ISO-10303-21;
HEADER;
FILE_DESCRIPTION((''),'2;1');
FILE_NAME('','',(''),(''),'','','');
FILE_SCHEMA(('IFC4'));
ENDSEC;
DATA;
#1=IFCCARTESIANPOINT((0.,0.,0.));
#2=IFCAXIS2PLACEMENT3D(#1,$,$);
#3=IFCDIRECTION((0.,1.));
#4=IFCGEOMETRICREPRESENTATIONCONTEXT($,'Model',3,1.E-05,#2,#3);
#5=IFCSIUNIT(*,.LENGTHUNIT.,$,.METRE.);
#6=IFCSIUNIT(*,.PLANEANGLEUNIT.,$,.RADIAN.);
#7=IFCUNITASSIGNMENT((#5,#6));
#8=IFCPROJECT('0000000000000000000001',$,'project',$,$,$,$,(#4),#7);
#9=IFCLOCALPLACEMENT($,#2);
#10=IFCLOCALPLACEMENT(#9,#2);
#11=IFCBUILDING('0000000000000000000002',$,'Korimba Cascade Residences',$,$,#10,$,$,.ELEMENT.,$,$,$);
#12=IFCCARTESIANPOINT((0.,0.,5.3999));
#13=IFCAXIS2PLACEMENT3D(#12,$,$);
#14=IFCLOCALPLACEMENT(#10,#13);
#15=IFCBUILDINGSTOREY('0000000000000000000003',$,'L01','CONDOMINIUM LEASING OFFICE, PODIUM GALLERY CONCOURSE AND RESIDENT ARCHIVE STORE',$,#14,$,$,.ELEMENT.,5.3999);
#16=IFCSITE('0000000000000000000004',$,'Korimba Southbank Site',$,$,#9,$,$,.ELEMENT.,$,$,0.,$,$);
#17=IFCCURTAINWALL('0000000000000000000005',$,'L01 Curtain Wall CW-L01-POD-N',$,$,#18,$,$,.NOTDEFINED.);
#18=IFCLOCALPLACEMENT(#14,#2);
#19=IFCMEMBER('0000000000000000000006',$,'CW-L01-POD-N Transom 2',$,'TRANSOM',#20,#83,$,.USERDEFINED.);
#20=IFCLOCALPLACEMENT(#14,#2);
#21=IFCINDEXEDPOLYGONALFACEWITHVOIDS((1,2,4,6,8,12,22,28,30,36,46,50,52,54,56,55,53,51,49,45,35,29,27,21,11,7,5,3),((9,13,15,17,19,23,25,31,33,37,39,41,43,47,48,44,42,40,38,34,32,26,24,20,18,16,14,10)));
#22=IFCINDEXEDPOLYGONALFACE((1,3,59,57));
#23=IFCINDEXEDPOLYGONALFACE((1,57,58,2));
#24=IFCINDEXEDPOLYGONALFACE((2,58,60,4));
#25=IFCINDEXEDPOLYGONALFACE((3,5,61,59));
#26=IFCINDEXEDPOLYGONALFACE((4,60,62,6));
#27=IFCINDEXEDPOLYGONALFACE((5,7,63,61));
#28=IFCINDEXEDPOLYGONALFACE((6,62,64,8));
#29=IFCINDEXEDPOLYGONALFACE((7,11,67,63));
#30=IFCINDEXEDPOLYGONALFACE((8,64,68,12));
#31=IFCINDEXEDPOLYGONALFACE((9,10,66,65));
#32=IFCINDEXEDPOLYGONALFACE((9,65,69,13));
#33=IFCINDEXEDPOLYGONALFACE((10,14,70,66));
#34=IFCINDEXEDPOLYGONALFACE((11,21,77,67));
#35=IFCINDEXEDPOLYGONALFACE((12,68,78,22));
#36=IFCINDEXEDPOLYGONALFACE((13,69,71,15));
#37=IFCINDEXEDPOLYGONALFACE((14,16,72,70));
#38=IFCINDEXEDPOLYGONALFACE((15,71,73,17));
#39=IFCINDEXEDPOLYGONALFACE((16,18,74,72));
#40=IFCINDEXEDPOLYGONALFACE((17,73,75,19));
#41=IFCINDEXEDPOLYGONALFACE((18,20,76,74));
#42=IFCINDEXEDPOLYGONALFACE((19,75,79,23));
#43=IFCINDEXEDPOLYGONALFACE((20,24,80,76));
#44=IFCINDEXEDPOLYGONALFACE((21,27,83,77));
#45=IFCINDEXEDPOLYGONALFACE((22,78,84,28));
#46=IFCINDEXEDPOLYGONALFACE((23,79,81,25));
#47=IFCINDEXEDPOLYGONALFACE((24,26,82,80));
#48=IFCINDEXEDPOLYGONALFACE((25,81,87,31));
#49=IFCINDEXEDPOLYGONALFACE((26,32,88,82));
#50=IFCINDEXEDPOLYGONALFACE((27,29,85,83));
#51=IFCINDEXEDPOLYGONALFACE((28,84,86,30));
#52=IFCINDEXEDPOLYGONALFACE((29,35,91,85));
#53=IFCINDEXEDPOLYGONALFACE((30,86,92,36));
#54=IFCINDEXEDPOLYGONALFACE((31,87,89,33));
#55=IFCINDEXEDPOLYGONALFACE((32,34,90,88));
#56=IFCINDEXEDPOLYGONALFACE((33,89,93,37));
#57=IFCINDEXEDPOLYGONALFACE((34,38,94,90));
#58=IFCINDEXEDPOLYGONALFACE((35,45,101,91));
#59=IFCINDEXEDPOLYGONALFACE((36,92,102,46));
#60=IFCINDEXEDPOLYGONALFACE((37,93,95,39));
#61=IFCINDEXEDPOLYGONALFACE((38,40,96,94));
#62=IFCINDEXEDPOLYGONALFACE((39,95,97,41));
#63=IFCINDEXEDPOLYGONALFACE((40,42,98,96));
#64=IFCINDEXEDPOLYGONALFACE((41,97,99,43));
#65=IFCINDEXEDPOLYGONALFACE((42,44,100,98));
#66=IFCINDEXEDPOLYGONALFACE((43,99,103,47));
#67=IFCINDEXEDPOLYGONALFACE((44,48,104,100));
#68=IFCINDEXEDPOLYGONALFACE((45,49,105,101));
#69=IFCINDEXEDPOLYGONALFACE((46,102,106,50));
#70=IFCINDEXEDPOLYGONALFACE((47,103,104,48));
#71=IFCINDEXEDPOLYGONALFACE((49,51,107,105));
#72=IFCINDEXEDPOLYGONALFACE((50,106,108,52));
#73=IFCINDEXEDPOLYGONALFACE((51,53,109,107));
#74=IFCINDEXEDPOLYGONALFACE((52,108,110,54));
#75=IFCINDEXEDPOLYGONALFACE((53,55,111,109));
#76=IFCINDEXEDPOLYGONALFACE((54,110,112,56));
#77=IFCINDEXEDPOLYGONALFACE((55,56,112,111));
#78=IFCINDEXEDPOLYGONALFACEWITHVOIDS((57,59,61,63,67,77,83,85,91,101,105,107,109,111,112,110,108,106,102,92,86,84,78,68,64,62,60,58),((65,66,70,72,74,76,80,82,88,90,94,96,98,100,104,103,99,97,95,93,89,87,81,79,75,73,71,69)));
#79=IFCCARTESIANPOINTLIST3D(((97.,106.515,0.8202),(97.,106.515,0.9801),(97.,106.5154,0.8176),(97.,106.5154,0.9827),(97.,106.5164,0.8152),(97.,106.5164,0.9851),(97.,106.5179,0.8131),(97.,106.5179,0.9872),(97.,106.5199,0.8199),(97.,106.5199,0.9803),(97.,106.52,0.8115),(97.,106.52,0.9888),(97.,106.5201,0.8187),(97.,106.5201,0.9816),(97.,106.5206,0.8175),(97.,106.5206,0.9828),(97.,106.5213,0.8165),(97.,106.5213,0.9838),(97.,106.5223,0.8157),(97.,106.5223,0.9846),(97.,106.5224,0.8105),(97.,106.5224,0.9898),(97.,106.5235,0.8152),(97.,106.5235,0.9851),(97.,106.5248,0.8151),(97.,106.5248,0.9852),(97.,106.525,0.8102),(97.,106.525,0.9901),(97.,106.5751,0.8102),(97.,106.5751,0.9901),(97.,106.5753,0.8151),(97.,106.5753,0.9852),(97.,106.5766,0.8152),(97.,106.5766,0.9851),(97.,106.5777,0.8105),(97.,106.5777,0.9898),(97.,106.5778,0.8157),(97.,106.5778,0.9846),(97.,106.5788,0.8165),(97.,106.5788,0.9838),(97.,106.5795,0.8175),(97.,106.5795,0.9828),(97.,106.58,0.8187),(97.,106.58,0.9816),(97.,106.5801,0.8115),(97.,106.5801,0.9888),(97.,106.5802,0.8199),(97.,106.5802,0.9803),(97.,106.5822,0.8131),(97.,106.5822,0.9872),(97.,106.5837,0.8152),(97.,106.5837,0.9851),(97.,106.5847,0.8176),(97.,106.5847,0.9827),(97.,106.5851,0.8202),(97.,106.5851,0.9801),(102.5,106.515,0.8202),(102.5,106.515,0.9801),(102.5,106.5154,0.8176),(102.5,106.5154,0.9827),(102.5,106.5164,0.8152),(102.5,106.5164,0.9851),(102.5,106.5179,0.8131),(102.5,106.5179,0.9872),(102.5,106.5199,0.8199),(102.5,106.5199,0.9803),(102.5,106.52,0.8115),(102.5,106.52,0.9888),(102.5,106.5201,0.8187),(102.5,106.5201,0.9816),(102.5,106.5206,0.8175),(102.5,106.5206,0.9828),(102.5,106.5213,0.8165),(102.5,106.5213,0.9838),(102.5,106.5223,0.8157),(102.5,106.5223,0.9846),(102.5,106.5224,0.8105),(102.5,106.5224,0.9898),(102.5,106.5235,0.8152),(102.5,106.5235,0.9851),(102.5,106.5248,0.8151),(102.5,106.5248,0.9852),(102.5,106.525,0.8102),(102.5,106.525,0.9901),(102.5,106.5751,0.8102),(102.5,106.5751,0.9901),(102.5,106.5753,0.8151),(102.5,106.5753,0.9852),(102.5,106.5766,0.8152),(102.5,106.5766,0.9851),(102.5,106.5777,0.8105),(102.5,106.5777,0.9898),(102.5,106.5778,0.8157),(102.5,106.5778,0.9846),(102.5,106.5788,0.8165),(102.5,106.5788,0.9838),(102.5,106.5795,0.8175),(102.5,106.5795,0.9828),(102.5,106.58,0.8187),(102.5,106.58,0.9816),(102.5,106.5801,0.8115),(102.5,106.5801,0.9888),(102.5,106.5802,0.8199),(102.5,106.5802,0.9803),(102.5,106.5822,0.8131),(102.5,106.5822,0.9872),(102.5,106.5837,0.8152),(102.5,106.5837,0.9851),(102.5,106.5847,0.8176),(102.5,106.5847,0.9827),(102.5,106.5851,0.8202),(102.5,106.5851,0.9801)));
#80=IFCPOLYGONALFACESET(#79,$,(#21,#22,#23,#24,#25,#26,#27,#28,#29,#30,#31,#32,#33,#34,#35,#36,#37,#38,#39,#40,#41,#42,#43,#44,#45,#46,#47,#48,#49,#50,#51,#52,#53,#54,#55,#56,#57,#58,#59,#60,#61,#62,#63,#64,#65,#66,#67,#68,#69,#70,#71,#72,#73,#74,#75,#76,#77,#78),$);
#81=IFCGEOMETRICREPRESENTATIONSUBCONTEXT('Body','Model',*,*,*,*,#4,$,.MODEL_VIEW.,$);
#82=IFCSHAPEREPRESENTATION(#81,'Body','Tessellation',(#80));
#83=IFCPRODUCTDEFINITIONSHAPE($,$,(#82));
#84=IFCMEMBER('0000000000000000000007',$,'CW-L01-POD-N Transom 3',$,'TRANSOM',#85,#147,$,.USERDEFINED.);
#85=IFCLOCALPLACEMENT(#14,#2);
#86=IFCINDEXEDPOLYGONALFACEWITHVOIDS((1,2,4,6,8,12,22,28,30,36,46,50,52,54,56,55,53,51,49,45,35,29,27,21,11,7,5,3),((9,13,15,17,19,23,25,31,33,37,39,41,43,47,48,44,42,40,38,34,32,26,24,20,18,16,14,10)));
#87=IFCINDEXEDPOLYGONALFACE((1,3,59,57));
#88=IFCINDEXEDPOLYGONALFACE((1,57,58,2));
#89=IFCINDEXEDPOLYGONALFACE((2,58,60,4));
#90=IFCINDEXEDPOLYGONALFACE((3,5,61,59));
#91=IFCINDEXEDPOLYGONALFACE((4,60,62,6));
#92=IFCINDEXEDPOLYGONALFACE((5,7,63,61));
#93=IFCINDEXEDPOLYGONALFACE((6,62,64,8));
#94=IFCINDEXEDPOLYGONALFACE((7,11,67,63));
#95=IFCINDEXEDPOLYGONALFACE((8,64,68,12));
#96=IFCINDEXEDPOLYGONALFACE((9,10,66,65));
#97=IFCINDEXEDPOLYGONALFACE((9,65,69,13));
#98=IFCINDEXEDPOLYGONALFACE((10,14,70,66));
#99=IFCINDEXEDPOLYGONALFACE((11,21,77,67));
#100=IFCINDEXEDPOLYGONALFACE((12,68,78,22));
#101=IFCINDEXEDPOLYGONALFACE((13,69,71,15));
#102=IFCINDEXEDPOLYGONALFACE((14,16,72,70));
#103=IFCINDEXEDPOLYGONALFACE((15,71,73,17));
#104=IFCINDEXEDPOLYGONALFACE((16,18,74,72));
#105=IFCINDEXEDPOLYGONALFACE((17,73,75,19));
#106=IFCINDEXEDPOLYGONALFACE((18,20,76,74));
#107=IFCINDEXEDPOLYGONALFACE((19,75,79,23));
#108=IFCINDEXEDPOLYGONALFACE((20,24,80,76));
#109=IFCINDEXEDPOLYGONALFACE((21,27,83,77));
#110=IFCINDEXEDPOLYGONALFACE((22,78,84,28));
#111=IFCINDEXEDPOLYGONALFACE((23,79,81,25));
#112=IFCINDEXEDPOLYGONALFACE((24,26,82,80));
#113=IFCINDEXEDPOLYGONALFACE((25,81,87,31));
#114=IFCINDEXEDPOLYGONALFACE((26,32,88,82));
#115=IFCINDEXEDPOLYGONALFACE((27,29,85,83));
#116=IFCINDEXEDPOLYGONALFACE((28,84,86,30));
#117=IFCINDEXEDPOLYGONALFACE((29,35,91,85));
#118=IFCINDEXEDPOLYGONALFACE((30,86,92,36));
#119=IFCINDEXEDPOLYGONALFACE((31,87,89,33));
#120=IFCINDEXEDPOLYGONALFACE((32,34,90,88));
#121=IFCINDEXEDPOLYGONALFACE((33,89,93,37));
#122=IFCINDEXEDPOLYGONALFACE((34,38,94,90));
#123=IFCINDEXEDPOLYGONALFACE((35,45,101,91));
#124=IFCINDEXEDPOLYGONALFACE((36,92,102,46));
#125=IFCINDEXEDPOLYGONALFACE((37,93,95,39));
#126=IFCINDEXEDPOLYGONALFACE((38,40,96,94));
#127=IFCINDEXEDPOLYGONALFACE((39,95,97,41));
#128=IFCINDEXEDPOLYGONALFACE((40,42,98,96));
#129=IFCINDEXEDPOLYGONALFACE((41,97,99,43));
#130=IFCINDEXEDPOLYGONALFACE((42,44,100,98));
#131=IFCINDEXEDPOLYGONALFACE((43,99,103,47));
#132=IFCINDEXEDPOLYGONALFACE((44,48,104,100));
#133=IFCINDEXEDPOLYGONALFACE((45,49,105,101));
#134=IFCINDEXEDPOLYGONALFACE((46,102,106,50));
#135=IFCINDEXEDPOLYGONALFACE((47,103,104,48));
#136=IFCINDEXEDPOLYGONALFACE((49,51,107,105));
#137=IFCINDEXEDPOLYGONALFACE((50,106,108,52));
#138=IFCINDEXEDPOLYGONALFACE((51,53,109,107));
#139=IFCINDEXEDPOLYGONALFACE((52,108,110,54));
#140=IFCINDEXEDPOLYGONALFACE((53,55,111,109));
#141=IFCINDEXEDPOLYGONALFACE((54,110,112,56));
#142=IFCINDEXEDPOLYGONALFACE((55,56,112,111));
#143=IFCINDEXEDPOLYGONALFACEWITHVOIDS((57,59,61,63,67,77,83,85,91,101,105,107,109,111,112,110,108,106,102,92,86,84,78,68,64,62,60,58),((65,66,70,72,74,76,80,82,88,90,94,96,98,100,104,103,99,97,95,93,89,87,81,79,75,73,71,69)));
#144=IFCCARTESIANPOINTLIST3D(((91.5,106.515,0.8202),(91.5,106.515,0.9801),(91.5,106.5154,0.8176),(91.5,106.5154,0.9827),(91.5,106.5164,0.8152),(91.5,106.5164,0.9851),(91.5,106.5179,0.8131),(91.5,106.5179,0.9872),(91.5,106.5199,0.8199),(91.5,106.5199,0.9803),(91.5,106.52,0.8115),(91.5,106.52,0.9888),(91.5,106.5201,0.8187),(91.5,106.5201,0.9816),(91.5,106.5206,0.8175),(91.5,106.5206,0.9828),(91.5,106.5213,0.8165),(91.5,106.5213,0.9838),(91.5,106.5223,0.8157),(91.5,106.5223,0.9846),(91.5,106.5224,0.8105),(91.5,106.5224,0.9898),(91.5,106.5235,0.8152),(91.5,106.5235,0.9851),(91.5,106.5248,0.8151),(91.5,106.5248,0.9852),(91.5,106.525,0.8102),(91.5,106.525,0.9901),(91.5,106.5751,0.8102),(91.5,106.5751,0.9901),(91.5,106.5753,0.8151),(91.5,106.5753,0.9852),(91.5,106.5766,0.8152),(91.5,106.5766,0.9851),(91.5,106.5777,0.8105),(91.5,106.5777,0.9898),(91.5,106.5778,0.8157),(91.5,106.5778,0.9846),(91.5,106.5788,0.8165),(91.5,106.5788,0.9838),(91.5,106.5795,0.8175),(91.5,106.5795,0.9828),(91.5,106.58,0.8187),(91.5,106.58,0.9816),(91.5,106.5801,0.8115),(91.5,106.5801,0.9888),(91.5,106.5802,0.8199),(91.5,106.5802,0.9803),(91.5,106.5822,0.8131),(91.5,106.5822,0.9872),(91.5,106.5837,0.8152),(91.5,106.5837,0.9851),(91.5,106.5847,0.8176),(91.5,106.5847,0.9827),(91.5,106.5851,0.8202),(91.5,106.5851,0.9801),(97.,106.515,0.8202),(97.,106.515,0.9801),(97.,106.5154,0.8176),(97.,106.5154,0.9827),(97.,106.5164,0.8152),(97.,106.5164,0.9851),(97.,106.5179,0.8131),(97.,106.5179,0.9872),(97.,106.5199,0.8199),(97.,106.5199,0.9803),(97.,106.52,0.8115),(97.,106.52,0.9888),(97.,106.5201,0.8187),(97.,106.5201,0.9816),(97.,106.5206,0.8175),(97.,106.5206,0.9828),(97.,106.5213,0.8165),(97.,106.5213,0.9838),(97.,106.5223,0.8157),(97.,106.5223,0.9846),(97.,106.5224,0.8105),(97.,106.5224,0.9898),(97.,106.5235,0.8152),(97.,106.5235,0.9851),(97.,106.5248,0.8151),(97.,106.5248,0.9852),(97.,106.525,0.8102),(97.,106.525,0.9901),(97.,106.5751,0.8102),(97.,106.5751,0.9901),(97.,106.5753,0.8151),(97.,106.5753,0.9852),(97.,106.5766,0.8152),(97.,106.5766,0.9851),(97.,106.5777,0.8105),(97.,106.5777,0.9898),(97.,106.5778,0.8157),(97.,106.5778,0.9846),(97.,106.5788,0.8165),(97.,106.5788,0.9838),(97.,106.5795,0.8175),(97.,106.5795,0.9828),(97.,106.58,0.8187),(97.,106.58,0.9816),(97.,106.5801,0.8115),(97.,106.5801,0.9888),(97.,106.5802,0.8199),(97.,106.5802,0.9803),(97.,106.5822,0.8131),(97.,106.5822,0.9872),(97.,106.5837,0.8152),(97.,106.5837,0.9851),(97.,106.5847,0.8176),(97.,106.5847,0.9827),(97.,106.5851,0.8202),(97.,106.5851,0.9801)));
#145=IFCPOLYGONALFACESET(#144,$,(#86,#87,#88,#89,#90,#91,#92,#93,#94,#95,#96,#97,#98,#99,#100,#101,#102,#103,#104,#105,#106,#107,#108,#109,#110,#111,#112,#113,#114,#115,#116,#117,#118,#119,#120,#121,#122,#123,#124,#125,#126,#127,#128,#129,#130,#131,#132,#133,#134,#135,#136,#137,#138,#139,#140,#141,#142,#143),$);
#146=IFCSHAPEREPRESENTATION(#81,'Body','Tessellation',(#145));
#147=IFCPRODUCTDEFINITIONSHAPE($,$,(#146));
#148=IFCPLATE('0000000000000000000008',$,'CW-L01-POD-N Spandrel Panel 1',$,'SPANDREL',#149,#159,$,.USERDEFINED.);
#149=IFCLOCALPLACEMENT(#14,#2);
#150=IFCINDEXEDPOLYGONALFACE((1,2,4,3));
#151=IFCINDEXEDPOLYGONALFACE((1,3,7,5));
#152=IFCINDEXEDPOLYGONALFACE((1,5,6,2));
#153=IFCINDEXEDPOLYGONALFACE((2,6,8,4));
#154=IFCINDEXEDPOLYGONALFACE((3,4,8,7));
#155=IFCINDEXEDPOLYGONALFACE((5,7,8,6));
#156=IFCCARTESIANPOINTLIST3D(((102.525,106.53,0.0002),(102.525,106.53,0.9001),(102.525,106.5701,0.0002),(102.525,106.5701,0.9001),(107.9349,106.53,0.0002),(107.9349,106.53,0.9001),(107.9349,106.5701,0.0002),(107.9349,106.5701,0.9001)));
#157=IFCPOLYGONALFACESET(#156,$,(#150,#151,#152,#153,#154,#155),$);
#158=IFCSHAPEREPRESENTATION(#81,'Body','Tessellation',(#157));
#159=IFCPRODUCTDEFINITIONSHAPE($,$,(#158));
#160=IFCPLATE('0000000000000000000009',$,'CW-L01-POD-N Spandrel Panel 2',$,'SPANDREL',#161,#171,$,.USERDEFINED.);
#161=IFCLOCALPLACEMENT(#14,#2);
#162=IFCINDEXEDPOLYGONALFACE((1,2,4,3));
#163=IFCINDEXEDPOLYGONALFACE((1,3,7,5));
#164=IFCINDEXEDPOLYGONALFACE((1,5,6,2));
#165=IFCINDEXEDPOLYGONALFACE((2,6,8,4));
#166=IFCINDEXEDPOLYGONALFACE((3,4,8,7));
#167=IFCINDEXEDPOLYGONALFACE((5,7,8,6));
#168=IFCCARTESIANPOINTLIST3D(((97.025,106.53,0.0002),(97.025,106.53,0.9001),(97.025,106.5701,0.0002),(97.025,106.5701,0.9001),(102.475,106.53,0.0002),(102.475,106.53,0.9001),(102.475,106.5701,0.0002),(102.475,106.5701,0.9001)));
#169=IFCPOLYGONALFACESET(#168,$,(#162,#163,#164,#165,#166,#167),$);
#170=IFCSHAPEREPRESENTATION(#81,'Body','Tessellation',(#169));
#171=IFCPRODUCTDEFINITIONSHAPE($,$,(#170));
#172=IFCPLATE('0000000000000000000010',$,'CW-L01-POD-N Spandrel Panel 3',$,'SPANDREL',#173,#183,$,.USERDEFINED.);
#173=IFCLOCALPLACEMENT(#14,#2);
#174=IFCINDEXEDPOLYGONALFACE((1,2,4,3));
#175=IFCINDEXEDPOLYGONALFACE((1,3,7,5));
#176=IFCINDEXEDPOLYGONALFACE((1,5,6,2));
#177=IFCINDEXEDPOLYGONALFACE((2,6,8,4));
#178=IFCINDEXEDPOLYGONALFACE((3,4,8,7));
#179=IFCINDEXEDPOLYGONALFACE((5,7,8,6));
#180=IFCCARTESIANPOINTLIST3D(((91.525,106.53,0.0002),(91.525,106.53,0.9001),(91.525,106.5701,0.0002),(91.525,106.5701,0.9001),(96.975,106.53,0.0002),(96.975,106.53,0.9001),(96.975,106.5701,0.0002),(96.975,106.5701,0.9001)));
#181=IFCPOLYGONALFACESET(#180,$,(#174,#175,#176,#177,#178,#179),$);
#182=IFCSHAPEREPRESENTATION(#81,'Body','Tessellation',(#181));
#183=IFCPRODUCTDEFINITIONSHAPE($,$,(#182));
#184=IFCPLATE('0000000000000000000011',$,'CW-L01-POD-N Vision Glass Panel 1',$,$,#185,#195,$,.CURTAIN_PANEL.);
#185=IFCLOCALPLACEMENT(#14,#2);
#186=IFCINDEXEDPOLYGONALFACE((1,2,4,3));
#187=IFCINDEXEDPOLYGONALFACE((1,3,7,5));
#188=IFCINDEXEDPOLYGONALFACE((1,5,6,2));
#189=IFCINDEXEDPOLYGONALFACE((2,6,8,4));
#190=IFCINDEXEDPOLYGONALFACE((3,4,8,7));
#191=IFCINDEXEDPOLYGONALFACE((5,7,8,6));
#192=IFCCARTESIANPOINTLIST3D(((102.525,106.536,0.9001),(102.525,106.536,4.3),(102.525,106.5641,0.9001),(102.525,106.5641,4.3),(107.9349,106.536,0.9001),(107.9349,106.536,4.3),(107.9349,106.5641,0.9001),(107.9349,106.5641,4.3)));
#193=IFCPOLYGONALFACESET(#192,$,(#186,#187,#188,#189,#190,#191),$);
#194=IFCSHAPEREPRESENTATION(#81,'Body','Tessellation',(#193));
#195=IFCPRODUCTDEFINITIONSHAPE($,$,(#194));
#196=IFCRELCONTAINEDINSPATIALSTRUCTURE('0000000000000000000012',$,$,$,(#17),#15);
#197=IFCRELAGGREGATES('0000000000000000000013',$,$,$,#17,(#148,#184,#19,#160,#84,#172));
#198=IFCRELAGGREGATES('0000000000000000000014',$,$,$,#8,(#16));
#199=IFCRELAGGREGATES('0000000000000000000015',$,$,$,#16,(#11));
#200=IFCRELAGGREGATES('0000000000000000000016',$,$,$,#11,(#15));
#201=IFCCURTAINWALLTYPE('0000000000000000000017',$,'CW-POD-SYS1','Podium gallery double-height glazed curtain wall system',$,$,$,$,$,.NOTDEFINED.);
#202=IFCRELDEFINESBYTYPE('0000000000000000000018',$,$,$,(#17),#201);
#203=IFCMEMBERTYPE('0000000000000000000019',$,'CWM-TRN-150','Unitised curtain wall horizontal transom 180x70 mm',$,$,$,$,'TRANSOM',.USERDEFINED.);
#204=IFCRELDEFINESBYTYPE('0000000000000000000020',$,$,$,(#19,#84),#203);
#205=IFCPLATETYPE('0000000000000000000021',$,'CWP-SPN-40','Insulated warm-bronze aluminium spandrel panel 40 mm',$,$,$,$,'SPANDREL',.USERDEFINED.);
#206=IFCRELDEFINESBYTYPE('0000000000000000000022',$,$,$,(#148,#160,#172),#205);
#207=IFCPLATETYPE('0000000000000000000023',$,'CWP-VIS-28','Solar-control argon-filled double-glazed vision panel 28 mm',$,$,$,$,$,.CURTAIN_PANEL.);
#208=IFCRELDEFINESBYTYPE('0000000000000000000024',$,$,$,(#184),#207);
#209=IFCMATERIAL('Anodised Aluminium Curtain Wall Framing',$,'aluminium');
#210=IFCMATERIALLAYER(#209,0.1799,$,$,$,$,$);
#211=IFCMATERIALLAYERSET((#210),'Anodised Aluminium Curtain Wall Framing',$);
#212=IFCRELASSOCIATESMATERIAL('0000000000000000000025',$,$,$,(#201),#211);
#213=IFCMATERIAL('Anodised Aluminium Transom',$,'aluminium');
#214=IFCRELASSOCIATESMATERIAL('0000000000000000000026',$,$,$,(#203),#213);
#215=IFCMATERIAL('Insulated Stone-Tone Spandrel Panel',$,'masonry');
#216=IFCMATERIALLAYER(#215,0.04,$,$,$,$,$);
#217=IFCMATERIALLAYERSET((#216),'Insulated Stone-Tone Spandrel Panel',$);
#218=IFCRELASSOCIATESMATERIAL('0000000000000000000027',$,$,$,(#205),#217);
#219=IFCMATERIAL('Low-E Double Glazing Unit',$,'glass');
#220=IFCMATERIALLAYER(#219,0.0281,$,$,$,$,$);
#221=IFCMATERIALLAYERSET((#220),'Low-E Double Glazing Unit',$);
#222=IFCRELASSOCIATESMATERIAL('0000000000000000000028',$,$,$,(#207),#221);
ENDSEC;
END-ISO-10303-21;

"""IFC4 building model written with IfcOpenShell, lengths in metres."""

from ifc_helpers import new_model, si_unit, direction, frame, origin, origin_2d, place, context, subcontext, project, spatial, rectangle, hollow_rectangle, extrude, material, layer, layer_set, material_profile, profile_set, type_object, element, aggregate, save


model = new_model("IFC4")

# Units and contexts
model_context = context("Model", 3, precision=1e-05, world=origin(), true_north=direction((0.0, 1.0)))
body_context = subcontext(model_context, "Body", "Model", "MODEL_VIEW")
ifc_project = project(units=[si_unit("LENGTHUNIT", "METRE"), si_unit("PLANEANGLEUNIT", "RADIAN")], contexts=[model_context])

# Site, building, storey
site_placement = place(None, origin())
site = spatial("IfcSite", under=ifc_project, at=site_placement, Name="Korimba Southbank Site", CompositionType="ELEMENT", RefElevation=0.0)
building_placement = place(site_placement, origin())
building = spatial("IfcBuilding", under=site, at=building_placement, Name="Korimba Cascade Residences", CompositionType="ELEMENT")
storey_placement = place(building_placement, frame((0.0, 0.0, 5.3999)))
storey = spatial("IfcBuildingStorey", under=building, at=storey_placement, Name="L01", Description="CONDOMINIUM LEASING OFFICE, PODIUM GALLERY CONCOURSE AND RESIDENT ARCHIVE STORE", CompositionType="ELEMENT", Elevation=5.3999)

# Curtain wall, members, plates
ifc_material_1 = material(Name="Anodised Aluminium Curtain Wall Framing", Category="aluminium")
ifc_layer_1 = layer(ifc_material_1, 0.1799)
ifc_layer_set_1 = layer_set([ifc_layer_1], Name="Anodised Aluminium Curtain Wall Framing")
curtain_wall_type = type_object("IfcCurtainWallType", Name="CW-POD-SYS1", Description="Podium gallery double-height glazed curtain wall system", PredefinedType="NOTDEFINED", material=ifc_layer_set_1)
curtain_wall_placement = place(storey_placement, origin())
curtain_wall = element("IfcCurtainWall", 1, at=curtain_wall_placement, inside=storey, type_object=curtain_wall_type, Name="L01 Curtain Wall CW-L01-POD-N", PredefinedType="NOTDEFINED")
ifc_material_2 = material(Name="Anodised Aluminium Transom", Category="aluminium")
ifc_material_profile_1 = material_profile(ifc_material_2, hollow_rectangle(XDim=0.0701, YDim=0.1799, WallThickness=0.0049, InnerFilletRadius=0.0049, OuterFilletRadius=0.01, at=origin_2d()), Name="Anodised Aluminium Transom")
ifc_profile_set_1 = profile_set([ifc_material_profile_1], Name="Anodised Aluminium Transom")
member_type_1 = type_object("IfcMemberType", Name="CWM-TRN-150", Description="Unitised curtain wall horizontal transom 180x70 mm", ElementType="TRANSOM", PredefinedType="USERDEFINED", material=ifc_profile_set_1)
member_1_placement = place(storey_placement, frame((102.5, 106.55, 0.9001), z_axis=(-1.0, 0.0, 0.0), x_axis=(0.0, -1.0, 0.0)))
member_1 = element("IfcMember", 2, at=member_1_placement, type_object=member_type_1, Name="CW-L01-POD-N Transom 2", ObjectType="TRANSOM", PredefinedType="USERDEFINED", context=body_context, shape_type="SweptSolid", body=[
    extrude(hollow_rectangle(XDim=0.0701, YDim=0.1799, WallThickness=0.0049, InnerFilletRadius=0.0049, OuterFilletRadius=0.01, at=origin_2d()), origin(), (0.0, 0.0, 1.0), 5.5),
])
member_2_placement = place(storey_placement, frame((97.0, 106.55, 0.9001), z_axis=(-1.0, 0.0, 0.0), x_axis=(0.0, -1.0, 0.0)))
member_2 = element("IfcMember", 3, at=member_2_placement, type_object=member_type_1, Name="CW-L01-POD-N Transom 3", ObjectType="TRANSOM", PredefinedType="USERDEFINED", context=body_context, shape_type="SweptSolid", body=[
    extrude(hollow_rectangle(XDim=0.0701, YDim=0.1799, WallThickness=0.0049, InnerFilletRadius=0.0049, OuterFilletRadius=0.01, at=origin_2d()), origin(), (0.0, 0.0, 1.0), 5.5),
])
ifc_material_3 = material(Name="Insulated Stone-Tone Spandrel Panel", Category="masonry")
ifc_layer_2 = layer(ifc_material_3, 0.04)
ifc_layer_set_2 = layer_set([ifc_layer_2], Name="Insulated Stone-Tone Spandrel Panel")
plate_type_1 = type_object("IfcPlateType", Name="CWP-SPN-40", Description="Insulated warm-bronze aluminium spandrel panel 40 mm", ElementType="SPANDREL", PredefinedType="USERDEFINED", material=ifc_layer_set_2)
plate_1_placement = place(storey_placement, frame((105.23, 106.55, 0.0002), z_axis=(0.0, 0.0, 1.0), x_axis=(-1.0, 0.0, 0.0)))
plate_1 = element("IfcPlate", 4, at=plate_1_placement, type_object=plate_type_1, Name="CW-L01-POD-N Spandrel Panel 1", ObjectType="SPANDREL", PredefinedType="USERDEFINED", context=body_context, shape_type="SweptSolid", body=[
    extrude(rectangle(XDim=5.4099, YDim=0.04, at=origin_2d()), origin(), (0.0, 0.0, 1.0), 0.8999),
])
plate_2_placement = place(storey_placement, frame((99.75, 106.55, 0.0002), z_axis=(0.0, 0.0, 1.0), x_axis=(-1.0, 0.0, 0.0)))
plate_2 = element("IfcPlate", 5, at=plate_2_placement, type_object=plate_type_1, Name="CW-L01-POD-N Spandrel Panel 2", ObjectType="SPANDREL", PredefinedType="USERDEFINED", context=body_context, shape_type="SweptSolid", body=[
    extrude(rectangle(XDim=5.45, YDim=0.04, at=origin_2d()), origin(), (0.0, 0.0, 1.0), 0.8999),
])
plate_3_placement = place(storey_placement, frame((94.25, 106.55, 0.0002), z_axis=(0.0, 0.0, 1.0), x_axis=(-1.0, 0.0, 0.0)))
plate_3 = element("IfcPlate", 6, at=plate_3_placement, type_object=plate_type_1, Name="CW-L01-POD-N Spandrel Panel 3", ObjectType="SPANDREL", PredefinedType="USERDEFINED", context=body_context, shape_type="SweptSolid", body=[
    extrude(rectangle(XDim=5.45, YDim=0.04, at=origin_2d()), origin(), (0.0, 0.0, 1.0), 0.8999),
])
ifc_material_4 = material(Name="Low-E Double Glazing Unit", Category="glass")
ifc_layer_3 = layer(ifc_material_4, 0.0281)
ifc_layer_set_3 = layer_set([ifc_layer_3], Name="Low-E Double Glazing Unit")
plate_type_2 = type_object("IfcPlateType", Name="CWP-VIS-28", Description="Solar-control argon-filled double-glazed vision panel 28 mm", PredefinedType="CURTAIN_PANEL", material=ifc_layer_set_3)
plate_4_placement = place(storey_placement, frame((105.23, 106.55, 0.9001), z_axis=(0.0, 0.0, 1.0), x_axis=(-1.0, 0.0, 0.0)))
plate_4 = element("IfcPlate", 7, at=plate_4_placement, type_object=plate_type_2, Name="CW-L01-POD-N Vision Glass Panel 1", PredefinedType="CURTAIN_PANEL", context=body_context, shape_type="SweptSolid", body=[
    extrude(rectangle(XDim=5.4099, YDim=0.0281, at=origin_2d()), origin(), (0.0, 0.0, 1.0), 3.3999),
])
aggregate(curtain_wall, [plate_1, plate_4, member_1, plate_2, member_2, plate_3])

save(model, "model.ifc")
